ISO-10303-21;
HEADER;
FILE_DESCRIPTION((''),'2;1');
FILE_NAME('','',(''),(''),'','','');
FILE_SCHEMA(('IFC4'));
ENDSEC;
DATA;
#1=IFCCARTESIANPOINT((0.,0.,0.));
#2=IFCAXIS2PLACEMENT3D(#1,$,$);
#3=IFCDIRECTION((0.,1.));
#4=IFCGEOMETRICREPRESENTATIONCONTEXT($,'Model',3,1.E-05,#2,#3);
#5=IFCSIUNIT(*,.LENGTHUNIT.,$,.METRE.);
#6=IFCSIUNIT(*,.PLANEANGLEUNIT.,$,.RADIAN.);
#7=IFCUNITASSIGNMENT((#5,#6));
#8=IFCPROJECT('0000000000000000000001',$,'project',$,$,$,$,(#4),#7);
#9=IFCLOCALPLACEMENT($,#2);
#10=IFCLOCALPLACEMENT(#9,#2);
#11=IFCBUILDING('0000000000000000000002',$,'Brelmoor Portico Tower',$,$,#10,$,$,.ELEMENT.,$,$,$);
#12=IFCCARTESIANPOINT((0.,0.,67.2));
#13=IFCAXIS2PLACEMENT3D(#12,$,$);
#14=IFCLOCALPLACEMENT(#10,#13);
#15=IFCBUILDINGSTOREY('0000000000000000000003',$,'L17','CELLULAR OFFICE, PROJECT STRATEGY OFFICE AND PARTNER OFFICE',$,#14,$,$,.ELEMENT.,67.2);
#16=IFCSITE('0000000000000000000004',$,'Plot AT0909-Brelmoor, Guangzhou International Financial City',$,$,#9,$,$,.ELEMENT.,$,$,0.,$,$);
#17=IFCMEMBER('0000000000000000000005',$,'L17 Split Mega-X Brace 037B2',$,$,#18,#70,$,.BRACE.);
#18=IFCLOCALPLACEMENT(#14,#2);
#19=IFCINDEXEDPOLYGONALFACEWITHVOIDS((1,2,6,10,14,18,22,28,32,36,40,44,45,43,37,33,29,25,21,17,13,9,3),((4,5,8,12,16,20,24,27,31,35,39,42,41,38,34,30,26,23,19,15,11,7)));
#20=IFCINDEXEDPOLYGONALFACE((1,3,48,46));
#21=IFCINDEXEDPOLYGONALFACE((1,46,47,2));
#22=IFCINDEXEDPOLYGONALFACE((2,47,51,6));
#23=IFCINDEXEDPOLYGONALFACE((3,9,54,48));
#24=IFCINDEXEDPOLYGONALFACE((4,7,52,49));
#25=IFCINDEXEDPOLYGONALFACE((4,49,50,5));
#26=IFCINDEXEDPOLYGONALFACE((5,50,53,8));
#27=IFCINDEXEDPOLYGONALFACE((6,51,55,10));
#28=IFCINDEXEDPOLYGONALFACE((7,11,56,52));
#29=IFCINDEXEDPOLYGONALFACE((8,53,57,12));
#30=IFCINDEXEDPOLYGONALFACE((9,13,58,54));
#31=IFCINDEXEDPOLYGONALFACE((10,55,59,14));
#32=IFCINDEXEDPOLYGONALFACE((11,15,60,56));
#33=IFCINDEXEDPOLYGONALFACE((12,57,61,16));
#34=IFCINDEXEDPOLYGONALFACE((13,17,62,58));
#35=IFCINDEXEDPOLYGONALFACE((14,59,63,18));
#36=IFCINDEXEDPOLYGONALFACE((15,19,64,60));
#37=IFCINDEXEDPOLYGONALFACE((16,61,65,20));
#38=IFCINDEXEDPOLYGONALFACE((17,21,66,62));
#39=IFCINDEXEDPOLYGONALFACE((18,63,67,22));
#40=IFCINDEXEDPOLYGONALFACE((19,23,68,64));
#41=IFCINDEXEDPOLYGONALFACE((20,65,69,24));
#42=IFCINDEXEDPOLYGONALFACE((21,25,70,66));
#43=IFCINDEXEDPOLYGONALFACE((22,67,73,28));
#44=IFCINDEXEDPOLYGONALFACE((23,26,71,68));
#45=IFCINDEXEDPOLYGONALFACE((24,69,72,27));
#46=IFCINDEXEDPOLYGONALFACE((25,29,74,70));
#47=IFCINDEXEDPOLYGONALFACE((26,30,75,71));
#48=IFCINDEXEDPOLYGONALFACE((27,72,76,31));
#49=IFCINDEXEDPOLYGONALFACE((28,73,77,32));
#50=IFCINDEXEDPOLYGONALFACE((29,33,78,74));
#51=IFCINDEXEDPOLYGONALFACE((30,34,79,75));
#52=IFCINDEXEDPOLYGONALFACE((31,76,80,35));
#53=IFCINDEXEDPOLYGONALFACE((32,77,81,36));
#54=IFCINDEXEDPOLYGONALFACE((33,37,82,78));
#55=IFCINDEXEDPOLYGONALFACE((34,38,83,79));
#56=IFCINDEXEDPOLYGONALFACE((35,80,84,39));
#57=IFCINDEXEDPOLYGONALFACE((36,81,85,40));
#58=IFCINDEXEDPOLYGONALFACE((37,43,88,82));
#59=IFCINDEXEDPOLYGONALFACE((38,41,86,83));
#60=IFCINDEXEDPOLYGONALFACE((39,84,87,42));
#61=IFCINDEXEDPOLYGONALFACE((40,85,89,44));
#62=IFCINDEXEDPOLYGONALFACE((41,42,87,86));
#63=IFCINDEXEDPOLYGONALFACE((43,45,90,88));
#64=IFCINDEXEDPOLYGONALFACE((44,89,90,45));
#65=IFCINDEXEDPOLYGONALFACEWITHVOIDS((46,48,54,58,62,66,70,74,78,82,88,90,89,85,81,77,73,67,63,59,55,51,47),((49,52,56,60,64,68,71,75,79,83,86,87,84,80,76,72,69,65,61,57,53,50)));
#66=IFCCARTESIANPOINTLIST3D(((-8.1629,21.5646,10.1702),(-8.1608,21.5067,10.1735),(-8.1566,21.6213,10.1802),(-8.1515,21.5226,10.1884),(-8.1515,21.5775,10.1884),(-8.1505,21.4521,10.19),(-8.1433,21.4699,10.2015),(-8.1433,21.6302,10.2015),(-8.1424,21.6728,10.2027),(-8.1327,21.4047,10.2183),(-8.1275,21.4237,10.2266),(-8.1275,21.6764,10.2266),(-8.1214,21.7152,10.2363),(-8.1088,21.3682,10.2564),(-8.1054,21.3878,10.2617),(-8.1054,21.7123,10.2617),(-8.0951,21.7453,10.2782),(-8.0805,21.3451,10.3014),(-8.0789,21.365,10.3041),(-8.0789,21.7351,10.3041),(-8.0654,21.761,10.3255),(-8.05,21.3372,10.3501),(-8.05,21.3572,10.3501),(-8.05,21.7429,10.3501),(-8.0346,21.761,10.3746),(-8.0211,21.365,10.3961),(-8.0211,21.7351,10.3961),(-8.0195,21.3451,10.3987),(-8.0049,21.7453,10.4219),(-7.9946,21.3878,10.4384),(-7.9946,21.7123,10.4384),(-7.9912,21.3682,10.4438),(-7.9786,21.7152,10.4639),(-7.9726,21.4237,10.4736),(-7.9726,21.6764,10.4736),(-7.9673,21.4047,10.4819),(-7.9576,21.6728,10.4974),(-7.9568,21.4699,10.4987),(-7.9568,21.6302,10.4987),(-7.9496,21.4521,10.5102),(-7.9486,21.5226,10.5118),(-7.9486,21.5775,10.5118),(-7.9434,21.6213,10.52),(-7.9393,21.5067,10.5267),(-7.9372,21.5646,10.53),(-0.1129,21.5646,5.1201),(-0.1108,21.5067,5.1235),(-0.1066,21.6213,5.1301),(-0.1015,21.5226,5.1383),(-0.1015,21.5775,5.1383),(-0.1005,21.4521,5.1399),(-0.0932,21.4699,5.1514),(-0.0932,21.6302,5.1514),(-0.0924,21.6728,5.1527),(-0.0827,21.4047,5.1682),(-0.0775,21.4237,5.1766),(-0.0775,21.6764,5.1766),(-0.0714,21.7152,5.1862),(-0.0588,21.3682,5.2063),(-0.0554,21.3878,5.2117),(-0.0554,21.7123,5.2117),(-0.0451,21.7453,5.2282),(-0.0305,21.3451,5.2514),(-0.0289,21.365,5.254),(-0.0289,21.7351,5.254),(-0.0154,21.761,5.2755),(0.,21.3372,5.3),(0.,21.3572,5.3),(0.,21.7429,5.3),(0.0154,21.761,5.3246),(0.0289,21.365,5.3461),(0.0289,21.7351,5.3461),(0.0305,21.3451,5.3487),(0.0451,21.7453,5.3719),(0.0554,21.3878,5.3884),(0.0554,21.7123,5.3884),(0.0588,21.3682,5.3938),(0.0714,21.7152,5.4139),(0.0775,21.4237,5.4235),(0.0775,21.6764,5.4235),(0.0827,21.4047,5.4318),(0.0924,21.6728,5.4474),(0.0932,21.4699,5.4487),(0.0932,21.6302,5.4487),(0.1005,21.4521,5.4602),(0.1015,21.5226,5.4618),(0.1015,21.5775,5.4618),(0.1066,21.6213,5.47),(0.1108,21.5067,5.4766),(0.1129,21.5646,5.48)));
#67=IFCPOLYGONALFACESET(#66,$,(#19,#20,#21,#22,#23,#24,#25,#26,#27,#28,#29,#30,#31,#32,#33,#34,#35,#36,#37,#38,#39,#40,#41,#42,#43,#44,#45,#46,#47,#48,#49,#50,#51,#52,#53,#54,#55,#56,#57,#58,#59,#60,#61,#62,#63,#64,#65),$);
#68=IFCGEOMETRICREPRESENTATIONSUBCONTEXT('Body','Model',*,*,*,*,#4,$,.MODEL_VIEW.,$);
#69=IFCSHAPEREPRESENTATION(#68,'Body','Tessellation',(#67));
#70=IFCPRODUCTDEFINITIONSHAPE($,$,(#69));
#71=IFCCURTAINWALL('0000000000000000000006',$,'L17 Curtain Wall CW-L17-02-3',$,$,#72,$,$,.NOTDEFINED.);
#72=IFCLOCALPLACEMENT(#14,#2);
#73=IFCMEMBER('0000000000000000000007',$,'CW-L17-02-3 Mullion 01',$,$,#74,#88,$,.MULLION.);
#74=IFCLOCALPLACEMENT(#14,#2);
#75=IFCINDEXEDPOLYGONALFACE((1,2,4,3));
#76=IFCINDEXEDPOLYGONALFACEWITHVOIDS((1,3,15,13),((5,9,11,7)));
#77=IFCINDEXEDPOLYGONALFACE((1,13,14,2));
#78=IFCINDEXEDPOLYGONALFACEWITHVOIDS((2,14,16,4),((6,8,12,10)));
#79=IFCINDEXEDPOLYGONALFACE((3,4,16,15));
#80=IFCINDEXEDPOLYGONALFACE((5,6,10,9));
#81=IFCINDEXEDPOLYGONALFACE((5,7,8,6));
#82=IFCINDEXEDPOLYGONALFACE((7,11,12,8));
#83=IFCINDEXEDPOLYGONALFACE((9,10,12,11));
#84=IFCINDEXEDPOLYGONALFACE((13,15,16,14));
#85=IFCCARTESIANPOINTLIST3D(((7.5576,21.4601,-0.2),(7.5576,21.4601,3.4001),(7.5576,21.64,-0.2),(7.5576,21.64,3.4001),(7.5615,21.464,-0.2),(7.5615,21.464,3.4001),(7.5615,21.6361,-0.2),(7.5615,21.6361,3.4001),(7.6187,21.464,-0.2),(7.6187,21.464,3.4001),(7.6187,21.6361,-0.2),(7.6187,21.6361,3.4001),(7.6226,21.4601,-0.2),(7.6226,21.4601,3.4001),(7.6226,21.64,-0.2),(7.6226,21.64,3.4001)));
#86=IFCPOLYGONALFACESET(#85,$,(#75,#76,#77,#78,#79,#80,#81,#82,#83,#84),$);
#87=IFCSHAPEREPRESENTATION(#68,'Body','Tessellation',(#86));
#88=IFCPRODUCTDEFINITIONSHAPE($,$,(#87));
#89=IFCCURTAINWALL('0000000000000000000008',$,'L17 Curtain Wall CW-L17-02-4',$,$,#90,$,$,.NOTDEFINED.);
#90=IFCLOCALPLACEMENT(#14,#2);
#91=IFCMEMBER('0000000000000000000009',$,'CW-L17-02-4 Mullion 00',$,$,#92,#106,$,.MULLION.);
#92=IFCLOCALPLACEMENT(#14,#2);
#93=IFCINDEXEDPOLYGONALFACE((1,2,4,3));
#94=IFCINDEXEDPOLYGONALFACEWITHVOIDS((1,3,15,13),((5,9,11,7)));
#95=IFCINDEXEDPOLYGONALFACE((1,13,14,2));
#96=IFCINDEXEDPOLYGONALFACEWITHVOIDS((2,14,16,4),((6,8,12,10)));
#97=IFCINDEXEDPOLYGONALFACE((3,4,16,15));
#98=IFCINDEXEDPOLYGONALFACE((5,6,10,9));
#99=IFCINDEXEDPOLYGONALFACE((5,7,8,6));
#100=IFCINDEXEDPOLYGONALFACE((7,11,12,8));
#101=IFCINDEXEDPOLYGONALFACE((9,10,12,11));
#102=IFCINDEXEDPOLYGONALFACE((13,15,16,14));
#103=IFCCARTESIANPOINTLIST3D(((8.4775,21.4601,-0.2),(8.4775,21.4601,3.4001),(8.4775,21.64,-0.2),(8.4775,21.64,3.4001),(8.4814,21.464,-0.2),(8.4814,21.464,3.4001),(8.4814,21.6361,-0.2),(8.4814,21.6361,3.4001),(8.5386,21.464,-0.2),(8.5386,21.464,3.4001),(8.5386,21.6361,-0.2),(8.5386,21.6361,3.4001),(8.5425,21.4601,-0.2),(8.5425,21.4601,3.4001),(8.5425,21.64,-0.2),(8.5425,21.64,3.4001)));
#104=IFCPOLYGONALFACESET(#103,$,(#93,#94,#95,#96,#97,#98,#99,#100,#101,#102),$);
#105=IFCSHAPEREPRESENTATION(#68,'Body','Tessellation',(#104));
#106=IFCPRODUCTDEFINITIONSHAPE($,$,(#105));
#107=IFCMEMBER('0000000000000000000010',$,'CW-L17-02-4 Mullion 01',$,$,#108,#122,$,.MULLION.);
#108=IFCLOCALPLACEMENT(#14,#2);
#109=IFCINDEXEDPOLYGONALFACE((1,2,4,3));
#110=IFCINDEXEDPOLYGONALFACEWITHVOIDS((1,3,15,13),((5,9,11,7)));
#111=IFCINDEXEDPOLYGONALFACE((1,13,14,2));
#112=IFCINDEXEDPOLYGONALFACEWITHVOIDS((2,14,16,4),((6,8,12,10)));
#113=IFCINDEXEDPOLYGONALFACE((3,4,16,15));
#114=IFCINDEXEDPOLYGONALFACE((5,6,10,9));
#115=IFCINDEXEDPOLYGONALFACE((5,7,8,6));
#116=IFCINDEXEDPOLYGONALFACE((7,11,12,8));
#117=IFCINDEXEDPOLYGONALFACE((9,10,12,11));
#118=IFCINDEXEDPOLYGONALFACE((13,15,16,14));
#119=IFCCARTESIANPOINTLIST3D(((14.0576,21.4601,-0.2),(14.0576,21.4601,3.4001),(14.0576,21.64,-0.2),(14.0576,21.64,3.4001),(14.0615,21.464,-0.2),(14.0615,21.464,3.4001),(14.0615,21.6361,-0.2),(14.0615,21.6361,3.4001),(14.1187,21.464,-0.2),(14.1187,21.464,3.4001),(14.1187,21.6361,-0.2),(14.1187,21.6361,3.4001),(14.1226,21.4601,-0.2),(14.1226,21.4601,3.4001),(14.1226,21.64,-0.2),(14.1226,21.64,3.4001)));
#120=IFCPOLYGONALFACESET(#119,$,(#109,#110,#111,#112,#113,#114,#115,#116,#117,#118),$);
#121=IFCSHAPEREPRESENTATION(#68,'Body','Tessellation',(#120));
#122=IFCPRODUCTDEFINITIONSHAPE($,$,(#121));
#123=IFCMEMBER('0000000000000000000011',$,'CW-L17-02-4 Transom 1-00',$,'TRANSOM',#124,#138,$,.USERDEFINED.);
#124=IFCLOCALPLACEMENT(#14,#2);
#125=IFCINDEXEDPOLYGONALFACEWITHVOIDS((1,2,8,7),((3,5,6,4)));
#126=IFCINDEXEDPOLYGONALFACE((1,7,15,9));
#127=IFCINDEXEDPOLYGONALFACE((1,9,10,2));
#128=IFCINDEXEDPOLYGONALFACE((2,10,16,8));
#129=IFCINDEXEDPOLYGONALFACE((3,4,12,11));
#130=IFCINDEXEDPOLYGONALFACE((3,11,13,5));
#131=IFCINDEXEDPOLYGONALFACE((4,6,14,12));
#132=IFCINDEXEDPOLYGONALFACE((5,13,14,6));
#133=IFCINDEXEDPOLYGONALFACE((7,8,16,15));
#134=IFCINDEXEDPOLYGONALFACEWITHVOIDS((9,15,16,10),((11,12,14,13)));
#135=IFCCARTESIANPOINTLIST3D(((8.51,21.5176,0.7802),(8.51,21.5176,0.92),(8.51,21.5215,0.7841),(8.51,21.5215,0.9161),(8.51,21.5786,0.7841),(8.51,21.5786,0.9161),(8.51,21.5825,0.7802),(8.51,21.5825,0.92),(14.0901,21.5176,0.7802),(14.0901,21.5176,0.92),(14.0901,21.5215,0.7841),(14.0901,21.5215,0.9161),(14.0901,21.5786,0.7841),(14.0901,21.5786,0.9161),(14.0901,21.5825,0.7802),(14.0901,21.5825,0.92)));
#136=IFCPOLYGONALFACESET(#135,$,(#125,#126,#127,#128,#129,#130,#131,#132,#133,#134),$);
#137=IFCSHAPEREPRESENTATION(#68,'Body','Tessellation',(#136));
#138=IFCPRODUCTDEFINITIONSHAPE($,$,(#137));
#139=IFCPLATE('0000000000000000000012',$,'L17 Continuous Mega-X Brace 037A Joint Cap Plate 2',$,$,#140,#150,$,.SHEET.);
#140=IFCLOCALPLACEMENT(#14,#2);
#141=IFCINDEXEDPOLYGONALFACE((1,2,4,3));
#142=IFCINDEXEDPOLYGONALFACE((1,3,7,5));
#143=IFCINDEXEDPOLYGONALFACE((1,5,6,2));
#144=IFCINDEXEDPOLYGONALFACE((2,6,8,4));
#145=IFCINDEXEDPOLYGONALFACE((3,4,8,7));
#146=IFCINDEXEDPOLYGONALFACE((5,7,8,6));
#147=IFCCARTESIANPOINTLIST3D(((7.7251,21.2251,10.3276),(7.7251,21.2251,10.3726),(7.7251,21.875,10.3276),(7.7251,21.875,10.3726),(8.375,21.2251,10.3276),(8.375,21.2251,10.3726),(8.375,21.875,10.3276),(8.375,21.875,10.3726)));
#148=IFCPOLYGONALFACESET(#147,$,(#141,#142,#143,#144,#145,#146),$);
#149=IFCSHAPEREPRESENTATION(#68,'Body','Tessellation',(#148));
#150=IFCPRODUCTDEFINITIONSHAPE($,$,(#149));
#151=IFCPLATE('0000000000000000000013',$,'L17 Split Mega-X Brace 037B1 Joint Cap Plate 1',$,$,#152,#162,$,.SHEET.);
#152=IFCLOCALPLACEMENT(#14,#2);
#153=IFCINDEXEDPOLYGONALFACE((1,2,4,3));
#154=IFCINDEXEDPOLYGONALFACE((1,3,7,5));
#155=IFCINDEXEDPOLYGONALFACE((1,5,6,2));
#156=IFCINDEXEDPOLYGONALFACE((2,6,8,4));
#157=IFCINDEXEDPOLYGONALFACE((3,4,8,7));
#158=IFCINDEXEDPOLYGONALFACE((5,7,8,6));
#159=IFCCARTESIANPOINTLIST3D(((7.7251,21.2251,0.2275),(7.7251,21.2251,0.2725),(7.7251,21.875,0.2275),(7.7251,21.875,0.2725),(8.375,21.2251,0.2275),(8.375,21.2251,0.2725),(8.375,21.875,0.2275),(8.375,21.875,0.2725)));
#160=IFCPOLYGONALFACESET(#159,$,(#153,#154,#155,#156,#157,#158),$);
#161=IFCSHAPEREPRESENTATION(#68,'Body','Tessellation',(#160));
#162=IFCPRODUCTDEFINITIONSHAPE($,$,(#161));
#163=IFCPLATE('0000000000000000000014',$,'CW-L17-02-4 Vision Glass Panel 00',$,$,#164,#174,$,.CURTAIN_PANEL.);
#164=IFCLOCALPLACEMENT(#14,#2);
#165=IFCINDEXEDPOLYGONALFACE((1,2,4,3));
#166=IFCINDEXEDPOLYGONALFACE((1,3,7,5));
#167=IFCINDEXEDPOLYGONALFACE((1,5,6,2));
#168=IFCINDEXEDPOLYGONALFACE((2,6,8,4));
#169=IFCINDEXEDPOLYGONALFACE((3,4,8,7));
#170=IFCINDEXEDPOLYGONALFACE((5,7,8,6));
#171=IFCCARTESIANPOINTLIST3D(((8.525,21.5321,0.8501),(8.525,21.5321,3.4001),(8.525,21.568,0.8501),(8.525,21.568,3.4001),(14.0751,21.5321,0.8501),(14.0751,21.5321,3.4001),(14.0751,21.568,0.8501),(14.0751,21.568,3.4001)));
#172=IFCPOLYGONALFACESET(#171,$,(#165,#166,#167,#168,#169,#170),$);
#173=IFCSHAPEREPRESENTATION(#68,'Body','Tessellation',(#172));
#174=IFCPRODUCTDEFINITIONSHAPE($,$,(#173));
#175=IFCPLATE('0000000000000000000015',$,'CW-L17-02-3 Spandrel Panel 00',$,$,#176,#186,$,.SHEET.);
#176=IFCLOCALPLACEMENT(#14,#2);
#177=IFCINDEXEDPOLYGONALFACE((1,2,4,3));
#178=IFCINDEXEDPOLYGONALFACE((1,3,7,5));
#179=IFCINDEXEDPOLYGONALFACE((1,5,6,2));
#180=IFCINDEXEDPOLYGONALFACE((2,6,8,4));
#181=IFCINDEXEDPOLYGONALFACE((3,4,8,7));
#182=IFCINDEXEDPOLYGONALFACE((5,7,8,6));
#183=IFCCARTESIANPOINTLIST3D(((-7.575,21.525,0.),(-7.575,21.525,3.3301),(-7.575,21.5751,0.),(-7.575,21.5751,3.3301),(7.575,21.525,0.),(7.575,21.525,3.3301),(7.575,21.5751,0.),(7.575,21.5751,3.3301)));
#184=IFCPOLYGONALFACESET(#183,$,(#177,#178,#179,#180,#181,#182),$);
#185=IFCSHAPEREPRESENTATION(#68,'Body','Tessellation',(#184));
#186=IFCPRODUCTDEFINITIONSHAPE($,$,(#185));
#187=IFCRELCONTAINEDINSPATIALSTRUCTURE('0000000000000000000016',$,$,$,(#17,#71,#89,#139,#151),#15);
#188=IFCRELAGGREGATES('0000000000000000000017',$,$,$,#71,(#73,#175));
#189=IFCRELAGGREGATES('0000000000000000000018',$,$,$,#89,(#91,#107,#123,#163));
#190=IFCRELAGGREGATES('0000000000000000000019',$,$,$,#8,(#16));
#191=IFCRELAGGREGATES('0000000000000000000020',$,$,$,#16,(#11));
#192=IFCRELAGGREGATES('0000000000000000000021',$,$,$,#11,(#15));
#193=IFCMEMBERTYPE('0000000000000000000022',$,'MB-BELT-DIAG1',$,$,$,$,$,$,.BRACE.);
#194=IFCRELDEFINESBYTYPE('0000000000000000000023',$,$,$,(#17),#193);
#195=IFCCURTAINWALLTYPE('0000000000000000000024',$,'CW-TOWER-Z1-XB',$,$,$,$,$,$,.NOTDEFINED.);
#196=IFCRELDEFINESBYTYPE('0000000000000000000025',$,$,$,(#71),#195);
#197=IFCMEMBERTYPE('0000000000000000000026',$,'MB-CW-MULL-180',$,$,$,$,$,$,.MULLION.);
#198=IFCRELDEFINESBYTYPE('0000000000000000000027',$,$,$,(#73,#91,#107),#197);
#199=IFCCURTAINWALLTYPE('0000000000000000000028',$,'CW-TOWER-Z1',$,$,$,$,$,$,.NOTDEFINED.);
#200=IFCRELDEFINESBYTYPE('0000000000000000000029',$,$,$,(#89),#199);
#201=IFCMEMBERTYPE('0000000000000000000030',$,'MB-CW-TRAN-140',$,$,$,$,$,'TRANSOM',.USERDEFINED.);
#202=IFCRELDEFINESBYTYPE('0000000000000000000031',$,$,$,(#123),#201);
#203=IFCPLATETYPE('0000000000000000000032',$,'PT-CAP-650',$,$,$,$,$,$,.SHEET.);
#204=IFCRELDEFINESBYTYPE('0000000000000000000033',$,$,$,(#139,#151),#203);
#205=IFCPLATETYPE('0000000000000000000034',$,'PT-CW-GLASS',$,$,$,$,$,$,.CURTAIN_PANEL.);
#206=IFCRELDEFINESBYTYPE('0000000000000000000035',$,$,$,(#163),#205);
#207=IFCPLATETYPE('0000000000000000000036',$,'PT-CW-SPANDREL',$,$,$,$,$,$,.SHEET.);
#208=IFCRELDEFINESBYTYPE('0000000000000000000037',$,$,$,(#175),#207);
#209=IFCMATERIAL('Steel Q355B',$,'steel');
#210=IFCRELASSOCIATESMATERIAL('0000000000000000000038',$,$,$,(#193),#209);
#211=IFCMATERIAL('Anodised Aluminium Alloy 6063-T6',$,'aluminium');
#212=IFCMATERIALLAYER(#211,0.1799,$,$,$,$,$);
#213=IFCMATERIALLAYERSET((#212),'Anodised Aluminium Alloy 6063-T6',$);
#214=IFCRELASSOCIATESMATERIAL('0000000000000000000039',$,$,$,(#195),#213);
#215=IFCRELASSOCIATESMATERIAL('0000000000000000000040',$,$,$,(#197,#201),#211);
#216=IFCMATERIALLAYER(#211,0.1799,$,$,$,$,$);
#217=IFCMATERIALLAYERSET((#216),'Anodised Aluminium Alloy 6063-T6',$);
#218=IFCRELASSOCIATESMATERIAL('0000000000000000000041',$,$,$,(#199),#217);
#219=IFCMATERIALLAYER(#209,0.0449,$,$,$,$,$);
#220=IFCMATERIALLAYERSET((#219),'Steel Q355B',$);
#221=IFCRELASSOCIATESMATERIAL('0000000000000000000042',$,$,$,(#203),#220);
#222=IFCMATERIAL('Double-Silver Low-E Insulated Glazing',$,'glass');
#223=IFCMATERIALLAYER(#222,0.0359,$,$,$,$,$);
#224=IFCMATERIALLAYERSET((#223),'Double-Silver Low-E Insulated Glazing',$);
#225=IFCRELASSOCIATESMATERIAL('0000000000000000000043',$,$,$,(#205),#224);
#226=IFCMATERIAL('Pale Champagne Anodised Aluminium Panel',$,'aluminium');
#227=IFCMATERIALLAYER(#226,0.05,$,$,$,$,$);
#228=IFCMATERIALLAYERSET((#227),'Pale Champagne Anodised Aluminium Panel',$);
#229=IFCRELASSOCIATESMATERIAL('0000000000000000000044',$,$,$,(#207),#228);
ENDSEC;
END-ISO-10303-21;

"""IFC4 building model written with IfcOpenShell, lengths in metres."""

from ifc_helpers import new_model, si_unit, direction, frame, origin, origin_2d, place, context, subcontext, project, spatial, rectangle, hollow_rectangle, hollow_circle, extrude, material, layer, layer_set, material_profile, profile_set, type_object, element, aggregate, save


model = new_model("IFC4")

# Units and contexts
model_context = context("Model", 3, precision=1e-05, world=origin(), true_north=direction((0.0, 1.0)))
body_context = subcontext(model_context, "Body", "Model", "MODEL_VIEW")
ifc_project = project(units=[si_unit("LENGTHUNIT", "METRE"), si_unit("PLANEANGLEUNIT", "RADIAN")], contexts=[model_context])

# Site, building, storey
site_placement = place(None, origin())
site = spatial("IfcSite", under=ifc_project, at=site_placement, Name="Plot AT0909-Brelmoor, Guangzhou International Financial City", CompositionType="ELEMENT", RefElevation=0.0)
building_placement = place(site_placement, origin())
building = spatial("IfcBuilding", under=site, at=building_placement, Name="Brelmoor Portico Tower", CompositionType="ELEMENT")
storey_placement = place(building_placement, frame((0.0, 0.0, 67.2)))
storey = spatial("IfcBuildingStorey", under=building, at=storey_placement, Name="L17", Description="CELLULAR OFFICE, PROJECT STRATEGY OFFICE AND PARTNER OFFICE", CompositionType="ELEMENT", Elevation=67.2)

# Shared definitions
ifc_material_1 = material(Name="Steel Q355B", Category="steel")

# Member
ifc_material_profile_1 = material_profile(ifc_material_1, hollow_circle(Radius=0.2129, WallThickness=0.02, at=origin_2d()), Name="CHS 426x20")
ifc_profile_set_1 = profile_set([ifc_material_profile_1], Name="Steel Q355B")
member_type_1 = type_object("IfcMemberType", Name="MB-BELT-DIAG1", PredefinedType="BRACE", material=ifc_profile_set_1)
for number, where, z_axis, x_axis, name in (
    (1, (0.0, 21.55, 5.3), (-0.847109, 0.0, 0.531418), (0.0, -1.0, 0.0), "L17 Split Mega-X Brace 037B2"),
):
    element("IfcMember", number, at=place(storey_placement, frame(where, z_axis=z_axis, x_axis=x_axis)), inside=storey, type_object=member_type_1, Name=name, PredefinedType="BRACE", context=body_context, shape_type="SweptSolid", body=[
        extrude(hollow_circle(Radius=0.2129, WallThickness=0.02, at=origin_2d()), origin(), (0.0, 0.0, 1.0), 9.5029),
    ])

# Curtain wall, member
ifc_material_2 = material(Name="Anodised Aluminium Alloy 6063-T6", Category="aluminium")
ifc_layer_1 = layer(ifc_material_2, 0.1799)
ifc_layer_set_1 = layer_set([ifc_layer_1], Name="Anodised Aluminium Alloy 6063-T6")
curtain_wall_type_1 = type_object("IfcCurtainWallType", Name="CW-TOWER-Z1-XB", PredefinedType="NOTDEFINED", material=ifc_layer_set_1)
curtain_wall_1_placement = place(storey_placement, origin())
curtain_wall_1 = element("IfcCurtainWall", 2, at=curtain_wall_1_placement, inside=storey, type_object=curtain_wall_type_1, Name="L17 Curtain Wall CW-L17-02-3", PredefinedType="NOTDEFINED")
ifc_material_profile_2 = material_profile(ifc_material_2, hollow_rectangle(XDim=0.0649, YDim=0.1799, WallThickness=0.0039, at=origin_2d()), Name="ALU MULLION 65x180")
ifc_profile_set_2 = profile_set([ifc_material_profile_2], Name="Anodised Aluminium Alloy 6063-T6")
member_type_2 = type_object("IfcMemberType", Name="MB-CW-MULL-180", PredefinedType="MULLION", material=ifc_profile_set_2)
member_1_placement = place(storey_placement, frame((7.5901, 21.55, -0.2), z_axis=(0.0, 0.0, 1.0), x_axis=(1.0, 0.0, 0.0)))
member_1 = element("IfcMember", 3, at=member_1_placement, type_object=member_type_2, Name="CW-L17-02-3 Mullion 01", PredefinedType="MULLION", context=body_context, shape_type="SweptSolid", body=[
    extrude(hollow_rectangle(XDim=0.0649, YDim=0.1799, WallThickness=0.0039, at=origin_2d()), origin(), (0.0, 0.0, 1.0), 3.6001),
])

# Curtain wall, members
ifc_layer_2 = layer(ifc_material_2, 0.1799)
ifc_layer_set_2 = layer_set([ifc_layer_2], Name="Anodised Aluminium Alloy 6063-T6")
curtain_wall_type_2 = type_object("IfcCurtainWallType", Name="CW-TOWER-Z1", PredefinedType="NOTDEFINED", material=ifc_layer_set_2)
curtain_wall_2_placement = place(storey_placement, origin())
curtain_wall_2 = element("IfcCurtainWall", 4, at=curtain_wall_2_placement, inside=storey, type_object=curtain_wall_type_2, Name="L17 Curtain Wall CW-L17-02-4", PredefinedType="NOTDEFINED")
member_2_placement = place(storey_placement, frame((8.51, 21.55, -0.2), z_axis=(0.0, 0.0, 1.0), x_axis=(1.0, 0.0, 0.0)))
member_2 = element("IfcMember", 5, at=member_2_placement, type_object=member_type_2, Name="CW-L17-02-4 Mullion 00", PredefinedType="MULLION", context=body_context, shape_type="SweptSolid", body=[
    extrude(hollow_rectangle(XDim=0.0649, YDim=0.1799, WallThickness=0.0039, at=origin_2d()), origin(), (0.0, 0.0, 1.0), 3.6001),
])
member_3_placement = place(storey_placement, frame((14.0901, 21.55, -0.2), z_axis=(0.0, 0.0, 1.0), x_axis=(1.0, 0.0, 0.0)))
member_3 = element("IfcMember", 6, at=member_3_placement, type_object=member_type_2, Name="CW-L17-02-4 Mullion 01", PredefinedType="MULLION", context=body_context, shape_type="SweptSolid", body=[
    extrude(hollow_rectangle(XDim=0.0649, YDim=0.1799, WallThickness=0.0039, at=origin_2d()), origin(), (0.0, 0.0, 1.0), 3.6001),
])
ifc_material_profile_3 = material_profile(ifc_material_2, hollow_rectangle(XDim=0.0649, YDim=0.1399, WallThickness=0.0039, at=origin_2d()), Name="ALU TRANSOM 65x140")
ifc_profile_set_3 = profile_set([ifc_material_profile_3], Name="Anodised Aluminium Alloy 6063-T6")
member_type_3 = type_object("IfcMemberType", Name="MB-CW-TRAN-140", ElementType="TRANSOM", PredefinedType="USERDEFINED", material=ifc_profile_set_3)
member_4_placement = place(storey_placement, frame((8.51, 21.55, 0.8501), z_axis=(1.0, 0.0, 0.0), x_axis=(0.0, 1.0, 0.0)))
member_4 = element("IfcMember", 7, at=member_4_placement, type_object=member_type_3, Name="CW-L17-02-4 Transom 1-00", ObjectType="TRANSOM", PredefinedType="USERDEFINED", context=body_context, shape_type="SweptSolid", body=[
    extrude(hollow_rectangle(XDim=0.0649, YDim=0.1399, WallThickness=0.0039, at=origin_2d()), origin(), (0.0, 0.0, 1.0), 5.5801),
])

# Plates
ifc_layer_3 = layer(ifc_material_1, 0.0449)
ifc_layer_set_3 = layer_set([ifc_layer_3], Name="Steel Q355B")
plate_type_1 = type_object("IfcPlateType", Name="PT-CAP-650", PredefinedType="SHEET", material=ifc_layer_set_3)
for number, where, z_axis, x_axis, name in (
    (8, (8.05, 21.55, 10.3276), (0.0, 0.0, 1.0), (1.0, 0.0, 0.0), "L17 Continuous Mega-X Brace 037A Joint Cap Plate 2"),
    (9, (8.05, 21.55, 0.2275), (0.0, 0.0, 1.0), (1.0, 0.0, 0.0), "L17 Split Mega-X Brace 037B1 Joint Cap Plate 1"),
):
    element("IfcPlate", number, at=place(storey_placement, frame(where, z_axis=z_axis, x_axis=x_axis)), inside=storey, type_object=plate_type_1, Name=name, PredefinedType="SHEET", context=body_context, shape_type="SweptSolid", body=[
        extrude(rectangle(XDim=0.6499, YDim=0.6499, at=origin_2d()), origin(), (0.0, 0.0, 1.0), 0.0449),
    ])

# Plates
ifc_material_3 = material(Name="Double-Silver Low-E Insulated Glazing", Category="glass")
ifc_layer_4 = layer(ifc_material_3, 0.0359)
ifc_layer_set_4 = layer_set([ifc_layer_4], Name="Double-Silver Low-E Insulated Glazing")
plate_type_2 = type_object("IfcPlateType", Name="PT-CW-GLASS", PredefinedType="CURTAIN_PANEL", material=ifc_layer_set_4)
plate_1_placement = place(storey_placement, frame((11.3, 21.55, 0.8501), z_axis=(0.0, 0.0, 1.0), x_axis=(1.0, 0.0, 0.0)))
plate_1 = element("IfcPlate", 10, at=plate_1_placement, type_object=plate_type_2, Name="CW-L17-02-4 Vision Glass Panel 00", PredefinedType="CURTAIN_PANEL", context=body_context, shape_type="SweptSolid", body=[
    extrude(rectangle(XDim=5.55, YDim=0.0359, at=origin_2d()), origin(), (0.0, 0.0, 1.0), 2.55),
])
ifc_material_4 = material(Name="Pale Champagne Anodised Aluminium Panel", Category="aluminium")
ifc_layer_5 = layer(ifc_material_4, 0.05)
ifc_layer_set_5 = layer_set([ifc_layer_5], Name="Pale Champagne Anodised Aluminium Panel")
plate_type_3 = type_object("IfcPlateType", Name="PT-CW-SPANDREL", PredefinedType="SHEET", material=ifc_layer_set_5)
plate_2_placement = place(storey_placement, frame((0.0, 21.55, 0.0), z_axis=(0.0, 0.0, 1.0), x_axis=(1.0, 0.0, 0.0)))
plate_2 = element("IfcPlate", 11, at=plate_2_placement, type_object=plate_type_3, Name="CW-L17-02-3 Spandrel Panel 00", PredefinedType="SHEET", context=body_context, shape_type="SweptSolid", body=[
    extrude(rectangle(XDim=15.1499, YDim=0.05, at=origin_2d()), origin(), (0.0, 0.0, 1.0), 3.3301),
])
aggregate(curtain_wall_1, [member_1, plate_2])
aggregate(curtain_wall_2, [member_2, member_3, member_4, plate_1])

save(model, "model.ifc")
